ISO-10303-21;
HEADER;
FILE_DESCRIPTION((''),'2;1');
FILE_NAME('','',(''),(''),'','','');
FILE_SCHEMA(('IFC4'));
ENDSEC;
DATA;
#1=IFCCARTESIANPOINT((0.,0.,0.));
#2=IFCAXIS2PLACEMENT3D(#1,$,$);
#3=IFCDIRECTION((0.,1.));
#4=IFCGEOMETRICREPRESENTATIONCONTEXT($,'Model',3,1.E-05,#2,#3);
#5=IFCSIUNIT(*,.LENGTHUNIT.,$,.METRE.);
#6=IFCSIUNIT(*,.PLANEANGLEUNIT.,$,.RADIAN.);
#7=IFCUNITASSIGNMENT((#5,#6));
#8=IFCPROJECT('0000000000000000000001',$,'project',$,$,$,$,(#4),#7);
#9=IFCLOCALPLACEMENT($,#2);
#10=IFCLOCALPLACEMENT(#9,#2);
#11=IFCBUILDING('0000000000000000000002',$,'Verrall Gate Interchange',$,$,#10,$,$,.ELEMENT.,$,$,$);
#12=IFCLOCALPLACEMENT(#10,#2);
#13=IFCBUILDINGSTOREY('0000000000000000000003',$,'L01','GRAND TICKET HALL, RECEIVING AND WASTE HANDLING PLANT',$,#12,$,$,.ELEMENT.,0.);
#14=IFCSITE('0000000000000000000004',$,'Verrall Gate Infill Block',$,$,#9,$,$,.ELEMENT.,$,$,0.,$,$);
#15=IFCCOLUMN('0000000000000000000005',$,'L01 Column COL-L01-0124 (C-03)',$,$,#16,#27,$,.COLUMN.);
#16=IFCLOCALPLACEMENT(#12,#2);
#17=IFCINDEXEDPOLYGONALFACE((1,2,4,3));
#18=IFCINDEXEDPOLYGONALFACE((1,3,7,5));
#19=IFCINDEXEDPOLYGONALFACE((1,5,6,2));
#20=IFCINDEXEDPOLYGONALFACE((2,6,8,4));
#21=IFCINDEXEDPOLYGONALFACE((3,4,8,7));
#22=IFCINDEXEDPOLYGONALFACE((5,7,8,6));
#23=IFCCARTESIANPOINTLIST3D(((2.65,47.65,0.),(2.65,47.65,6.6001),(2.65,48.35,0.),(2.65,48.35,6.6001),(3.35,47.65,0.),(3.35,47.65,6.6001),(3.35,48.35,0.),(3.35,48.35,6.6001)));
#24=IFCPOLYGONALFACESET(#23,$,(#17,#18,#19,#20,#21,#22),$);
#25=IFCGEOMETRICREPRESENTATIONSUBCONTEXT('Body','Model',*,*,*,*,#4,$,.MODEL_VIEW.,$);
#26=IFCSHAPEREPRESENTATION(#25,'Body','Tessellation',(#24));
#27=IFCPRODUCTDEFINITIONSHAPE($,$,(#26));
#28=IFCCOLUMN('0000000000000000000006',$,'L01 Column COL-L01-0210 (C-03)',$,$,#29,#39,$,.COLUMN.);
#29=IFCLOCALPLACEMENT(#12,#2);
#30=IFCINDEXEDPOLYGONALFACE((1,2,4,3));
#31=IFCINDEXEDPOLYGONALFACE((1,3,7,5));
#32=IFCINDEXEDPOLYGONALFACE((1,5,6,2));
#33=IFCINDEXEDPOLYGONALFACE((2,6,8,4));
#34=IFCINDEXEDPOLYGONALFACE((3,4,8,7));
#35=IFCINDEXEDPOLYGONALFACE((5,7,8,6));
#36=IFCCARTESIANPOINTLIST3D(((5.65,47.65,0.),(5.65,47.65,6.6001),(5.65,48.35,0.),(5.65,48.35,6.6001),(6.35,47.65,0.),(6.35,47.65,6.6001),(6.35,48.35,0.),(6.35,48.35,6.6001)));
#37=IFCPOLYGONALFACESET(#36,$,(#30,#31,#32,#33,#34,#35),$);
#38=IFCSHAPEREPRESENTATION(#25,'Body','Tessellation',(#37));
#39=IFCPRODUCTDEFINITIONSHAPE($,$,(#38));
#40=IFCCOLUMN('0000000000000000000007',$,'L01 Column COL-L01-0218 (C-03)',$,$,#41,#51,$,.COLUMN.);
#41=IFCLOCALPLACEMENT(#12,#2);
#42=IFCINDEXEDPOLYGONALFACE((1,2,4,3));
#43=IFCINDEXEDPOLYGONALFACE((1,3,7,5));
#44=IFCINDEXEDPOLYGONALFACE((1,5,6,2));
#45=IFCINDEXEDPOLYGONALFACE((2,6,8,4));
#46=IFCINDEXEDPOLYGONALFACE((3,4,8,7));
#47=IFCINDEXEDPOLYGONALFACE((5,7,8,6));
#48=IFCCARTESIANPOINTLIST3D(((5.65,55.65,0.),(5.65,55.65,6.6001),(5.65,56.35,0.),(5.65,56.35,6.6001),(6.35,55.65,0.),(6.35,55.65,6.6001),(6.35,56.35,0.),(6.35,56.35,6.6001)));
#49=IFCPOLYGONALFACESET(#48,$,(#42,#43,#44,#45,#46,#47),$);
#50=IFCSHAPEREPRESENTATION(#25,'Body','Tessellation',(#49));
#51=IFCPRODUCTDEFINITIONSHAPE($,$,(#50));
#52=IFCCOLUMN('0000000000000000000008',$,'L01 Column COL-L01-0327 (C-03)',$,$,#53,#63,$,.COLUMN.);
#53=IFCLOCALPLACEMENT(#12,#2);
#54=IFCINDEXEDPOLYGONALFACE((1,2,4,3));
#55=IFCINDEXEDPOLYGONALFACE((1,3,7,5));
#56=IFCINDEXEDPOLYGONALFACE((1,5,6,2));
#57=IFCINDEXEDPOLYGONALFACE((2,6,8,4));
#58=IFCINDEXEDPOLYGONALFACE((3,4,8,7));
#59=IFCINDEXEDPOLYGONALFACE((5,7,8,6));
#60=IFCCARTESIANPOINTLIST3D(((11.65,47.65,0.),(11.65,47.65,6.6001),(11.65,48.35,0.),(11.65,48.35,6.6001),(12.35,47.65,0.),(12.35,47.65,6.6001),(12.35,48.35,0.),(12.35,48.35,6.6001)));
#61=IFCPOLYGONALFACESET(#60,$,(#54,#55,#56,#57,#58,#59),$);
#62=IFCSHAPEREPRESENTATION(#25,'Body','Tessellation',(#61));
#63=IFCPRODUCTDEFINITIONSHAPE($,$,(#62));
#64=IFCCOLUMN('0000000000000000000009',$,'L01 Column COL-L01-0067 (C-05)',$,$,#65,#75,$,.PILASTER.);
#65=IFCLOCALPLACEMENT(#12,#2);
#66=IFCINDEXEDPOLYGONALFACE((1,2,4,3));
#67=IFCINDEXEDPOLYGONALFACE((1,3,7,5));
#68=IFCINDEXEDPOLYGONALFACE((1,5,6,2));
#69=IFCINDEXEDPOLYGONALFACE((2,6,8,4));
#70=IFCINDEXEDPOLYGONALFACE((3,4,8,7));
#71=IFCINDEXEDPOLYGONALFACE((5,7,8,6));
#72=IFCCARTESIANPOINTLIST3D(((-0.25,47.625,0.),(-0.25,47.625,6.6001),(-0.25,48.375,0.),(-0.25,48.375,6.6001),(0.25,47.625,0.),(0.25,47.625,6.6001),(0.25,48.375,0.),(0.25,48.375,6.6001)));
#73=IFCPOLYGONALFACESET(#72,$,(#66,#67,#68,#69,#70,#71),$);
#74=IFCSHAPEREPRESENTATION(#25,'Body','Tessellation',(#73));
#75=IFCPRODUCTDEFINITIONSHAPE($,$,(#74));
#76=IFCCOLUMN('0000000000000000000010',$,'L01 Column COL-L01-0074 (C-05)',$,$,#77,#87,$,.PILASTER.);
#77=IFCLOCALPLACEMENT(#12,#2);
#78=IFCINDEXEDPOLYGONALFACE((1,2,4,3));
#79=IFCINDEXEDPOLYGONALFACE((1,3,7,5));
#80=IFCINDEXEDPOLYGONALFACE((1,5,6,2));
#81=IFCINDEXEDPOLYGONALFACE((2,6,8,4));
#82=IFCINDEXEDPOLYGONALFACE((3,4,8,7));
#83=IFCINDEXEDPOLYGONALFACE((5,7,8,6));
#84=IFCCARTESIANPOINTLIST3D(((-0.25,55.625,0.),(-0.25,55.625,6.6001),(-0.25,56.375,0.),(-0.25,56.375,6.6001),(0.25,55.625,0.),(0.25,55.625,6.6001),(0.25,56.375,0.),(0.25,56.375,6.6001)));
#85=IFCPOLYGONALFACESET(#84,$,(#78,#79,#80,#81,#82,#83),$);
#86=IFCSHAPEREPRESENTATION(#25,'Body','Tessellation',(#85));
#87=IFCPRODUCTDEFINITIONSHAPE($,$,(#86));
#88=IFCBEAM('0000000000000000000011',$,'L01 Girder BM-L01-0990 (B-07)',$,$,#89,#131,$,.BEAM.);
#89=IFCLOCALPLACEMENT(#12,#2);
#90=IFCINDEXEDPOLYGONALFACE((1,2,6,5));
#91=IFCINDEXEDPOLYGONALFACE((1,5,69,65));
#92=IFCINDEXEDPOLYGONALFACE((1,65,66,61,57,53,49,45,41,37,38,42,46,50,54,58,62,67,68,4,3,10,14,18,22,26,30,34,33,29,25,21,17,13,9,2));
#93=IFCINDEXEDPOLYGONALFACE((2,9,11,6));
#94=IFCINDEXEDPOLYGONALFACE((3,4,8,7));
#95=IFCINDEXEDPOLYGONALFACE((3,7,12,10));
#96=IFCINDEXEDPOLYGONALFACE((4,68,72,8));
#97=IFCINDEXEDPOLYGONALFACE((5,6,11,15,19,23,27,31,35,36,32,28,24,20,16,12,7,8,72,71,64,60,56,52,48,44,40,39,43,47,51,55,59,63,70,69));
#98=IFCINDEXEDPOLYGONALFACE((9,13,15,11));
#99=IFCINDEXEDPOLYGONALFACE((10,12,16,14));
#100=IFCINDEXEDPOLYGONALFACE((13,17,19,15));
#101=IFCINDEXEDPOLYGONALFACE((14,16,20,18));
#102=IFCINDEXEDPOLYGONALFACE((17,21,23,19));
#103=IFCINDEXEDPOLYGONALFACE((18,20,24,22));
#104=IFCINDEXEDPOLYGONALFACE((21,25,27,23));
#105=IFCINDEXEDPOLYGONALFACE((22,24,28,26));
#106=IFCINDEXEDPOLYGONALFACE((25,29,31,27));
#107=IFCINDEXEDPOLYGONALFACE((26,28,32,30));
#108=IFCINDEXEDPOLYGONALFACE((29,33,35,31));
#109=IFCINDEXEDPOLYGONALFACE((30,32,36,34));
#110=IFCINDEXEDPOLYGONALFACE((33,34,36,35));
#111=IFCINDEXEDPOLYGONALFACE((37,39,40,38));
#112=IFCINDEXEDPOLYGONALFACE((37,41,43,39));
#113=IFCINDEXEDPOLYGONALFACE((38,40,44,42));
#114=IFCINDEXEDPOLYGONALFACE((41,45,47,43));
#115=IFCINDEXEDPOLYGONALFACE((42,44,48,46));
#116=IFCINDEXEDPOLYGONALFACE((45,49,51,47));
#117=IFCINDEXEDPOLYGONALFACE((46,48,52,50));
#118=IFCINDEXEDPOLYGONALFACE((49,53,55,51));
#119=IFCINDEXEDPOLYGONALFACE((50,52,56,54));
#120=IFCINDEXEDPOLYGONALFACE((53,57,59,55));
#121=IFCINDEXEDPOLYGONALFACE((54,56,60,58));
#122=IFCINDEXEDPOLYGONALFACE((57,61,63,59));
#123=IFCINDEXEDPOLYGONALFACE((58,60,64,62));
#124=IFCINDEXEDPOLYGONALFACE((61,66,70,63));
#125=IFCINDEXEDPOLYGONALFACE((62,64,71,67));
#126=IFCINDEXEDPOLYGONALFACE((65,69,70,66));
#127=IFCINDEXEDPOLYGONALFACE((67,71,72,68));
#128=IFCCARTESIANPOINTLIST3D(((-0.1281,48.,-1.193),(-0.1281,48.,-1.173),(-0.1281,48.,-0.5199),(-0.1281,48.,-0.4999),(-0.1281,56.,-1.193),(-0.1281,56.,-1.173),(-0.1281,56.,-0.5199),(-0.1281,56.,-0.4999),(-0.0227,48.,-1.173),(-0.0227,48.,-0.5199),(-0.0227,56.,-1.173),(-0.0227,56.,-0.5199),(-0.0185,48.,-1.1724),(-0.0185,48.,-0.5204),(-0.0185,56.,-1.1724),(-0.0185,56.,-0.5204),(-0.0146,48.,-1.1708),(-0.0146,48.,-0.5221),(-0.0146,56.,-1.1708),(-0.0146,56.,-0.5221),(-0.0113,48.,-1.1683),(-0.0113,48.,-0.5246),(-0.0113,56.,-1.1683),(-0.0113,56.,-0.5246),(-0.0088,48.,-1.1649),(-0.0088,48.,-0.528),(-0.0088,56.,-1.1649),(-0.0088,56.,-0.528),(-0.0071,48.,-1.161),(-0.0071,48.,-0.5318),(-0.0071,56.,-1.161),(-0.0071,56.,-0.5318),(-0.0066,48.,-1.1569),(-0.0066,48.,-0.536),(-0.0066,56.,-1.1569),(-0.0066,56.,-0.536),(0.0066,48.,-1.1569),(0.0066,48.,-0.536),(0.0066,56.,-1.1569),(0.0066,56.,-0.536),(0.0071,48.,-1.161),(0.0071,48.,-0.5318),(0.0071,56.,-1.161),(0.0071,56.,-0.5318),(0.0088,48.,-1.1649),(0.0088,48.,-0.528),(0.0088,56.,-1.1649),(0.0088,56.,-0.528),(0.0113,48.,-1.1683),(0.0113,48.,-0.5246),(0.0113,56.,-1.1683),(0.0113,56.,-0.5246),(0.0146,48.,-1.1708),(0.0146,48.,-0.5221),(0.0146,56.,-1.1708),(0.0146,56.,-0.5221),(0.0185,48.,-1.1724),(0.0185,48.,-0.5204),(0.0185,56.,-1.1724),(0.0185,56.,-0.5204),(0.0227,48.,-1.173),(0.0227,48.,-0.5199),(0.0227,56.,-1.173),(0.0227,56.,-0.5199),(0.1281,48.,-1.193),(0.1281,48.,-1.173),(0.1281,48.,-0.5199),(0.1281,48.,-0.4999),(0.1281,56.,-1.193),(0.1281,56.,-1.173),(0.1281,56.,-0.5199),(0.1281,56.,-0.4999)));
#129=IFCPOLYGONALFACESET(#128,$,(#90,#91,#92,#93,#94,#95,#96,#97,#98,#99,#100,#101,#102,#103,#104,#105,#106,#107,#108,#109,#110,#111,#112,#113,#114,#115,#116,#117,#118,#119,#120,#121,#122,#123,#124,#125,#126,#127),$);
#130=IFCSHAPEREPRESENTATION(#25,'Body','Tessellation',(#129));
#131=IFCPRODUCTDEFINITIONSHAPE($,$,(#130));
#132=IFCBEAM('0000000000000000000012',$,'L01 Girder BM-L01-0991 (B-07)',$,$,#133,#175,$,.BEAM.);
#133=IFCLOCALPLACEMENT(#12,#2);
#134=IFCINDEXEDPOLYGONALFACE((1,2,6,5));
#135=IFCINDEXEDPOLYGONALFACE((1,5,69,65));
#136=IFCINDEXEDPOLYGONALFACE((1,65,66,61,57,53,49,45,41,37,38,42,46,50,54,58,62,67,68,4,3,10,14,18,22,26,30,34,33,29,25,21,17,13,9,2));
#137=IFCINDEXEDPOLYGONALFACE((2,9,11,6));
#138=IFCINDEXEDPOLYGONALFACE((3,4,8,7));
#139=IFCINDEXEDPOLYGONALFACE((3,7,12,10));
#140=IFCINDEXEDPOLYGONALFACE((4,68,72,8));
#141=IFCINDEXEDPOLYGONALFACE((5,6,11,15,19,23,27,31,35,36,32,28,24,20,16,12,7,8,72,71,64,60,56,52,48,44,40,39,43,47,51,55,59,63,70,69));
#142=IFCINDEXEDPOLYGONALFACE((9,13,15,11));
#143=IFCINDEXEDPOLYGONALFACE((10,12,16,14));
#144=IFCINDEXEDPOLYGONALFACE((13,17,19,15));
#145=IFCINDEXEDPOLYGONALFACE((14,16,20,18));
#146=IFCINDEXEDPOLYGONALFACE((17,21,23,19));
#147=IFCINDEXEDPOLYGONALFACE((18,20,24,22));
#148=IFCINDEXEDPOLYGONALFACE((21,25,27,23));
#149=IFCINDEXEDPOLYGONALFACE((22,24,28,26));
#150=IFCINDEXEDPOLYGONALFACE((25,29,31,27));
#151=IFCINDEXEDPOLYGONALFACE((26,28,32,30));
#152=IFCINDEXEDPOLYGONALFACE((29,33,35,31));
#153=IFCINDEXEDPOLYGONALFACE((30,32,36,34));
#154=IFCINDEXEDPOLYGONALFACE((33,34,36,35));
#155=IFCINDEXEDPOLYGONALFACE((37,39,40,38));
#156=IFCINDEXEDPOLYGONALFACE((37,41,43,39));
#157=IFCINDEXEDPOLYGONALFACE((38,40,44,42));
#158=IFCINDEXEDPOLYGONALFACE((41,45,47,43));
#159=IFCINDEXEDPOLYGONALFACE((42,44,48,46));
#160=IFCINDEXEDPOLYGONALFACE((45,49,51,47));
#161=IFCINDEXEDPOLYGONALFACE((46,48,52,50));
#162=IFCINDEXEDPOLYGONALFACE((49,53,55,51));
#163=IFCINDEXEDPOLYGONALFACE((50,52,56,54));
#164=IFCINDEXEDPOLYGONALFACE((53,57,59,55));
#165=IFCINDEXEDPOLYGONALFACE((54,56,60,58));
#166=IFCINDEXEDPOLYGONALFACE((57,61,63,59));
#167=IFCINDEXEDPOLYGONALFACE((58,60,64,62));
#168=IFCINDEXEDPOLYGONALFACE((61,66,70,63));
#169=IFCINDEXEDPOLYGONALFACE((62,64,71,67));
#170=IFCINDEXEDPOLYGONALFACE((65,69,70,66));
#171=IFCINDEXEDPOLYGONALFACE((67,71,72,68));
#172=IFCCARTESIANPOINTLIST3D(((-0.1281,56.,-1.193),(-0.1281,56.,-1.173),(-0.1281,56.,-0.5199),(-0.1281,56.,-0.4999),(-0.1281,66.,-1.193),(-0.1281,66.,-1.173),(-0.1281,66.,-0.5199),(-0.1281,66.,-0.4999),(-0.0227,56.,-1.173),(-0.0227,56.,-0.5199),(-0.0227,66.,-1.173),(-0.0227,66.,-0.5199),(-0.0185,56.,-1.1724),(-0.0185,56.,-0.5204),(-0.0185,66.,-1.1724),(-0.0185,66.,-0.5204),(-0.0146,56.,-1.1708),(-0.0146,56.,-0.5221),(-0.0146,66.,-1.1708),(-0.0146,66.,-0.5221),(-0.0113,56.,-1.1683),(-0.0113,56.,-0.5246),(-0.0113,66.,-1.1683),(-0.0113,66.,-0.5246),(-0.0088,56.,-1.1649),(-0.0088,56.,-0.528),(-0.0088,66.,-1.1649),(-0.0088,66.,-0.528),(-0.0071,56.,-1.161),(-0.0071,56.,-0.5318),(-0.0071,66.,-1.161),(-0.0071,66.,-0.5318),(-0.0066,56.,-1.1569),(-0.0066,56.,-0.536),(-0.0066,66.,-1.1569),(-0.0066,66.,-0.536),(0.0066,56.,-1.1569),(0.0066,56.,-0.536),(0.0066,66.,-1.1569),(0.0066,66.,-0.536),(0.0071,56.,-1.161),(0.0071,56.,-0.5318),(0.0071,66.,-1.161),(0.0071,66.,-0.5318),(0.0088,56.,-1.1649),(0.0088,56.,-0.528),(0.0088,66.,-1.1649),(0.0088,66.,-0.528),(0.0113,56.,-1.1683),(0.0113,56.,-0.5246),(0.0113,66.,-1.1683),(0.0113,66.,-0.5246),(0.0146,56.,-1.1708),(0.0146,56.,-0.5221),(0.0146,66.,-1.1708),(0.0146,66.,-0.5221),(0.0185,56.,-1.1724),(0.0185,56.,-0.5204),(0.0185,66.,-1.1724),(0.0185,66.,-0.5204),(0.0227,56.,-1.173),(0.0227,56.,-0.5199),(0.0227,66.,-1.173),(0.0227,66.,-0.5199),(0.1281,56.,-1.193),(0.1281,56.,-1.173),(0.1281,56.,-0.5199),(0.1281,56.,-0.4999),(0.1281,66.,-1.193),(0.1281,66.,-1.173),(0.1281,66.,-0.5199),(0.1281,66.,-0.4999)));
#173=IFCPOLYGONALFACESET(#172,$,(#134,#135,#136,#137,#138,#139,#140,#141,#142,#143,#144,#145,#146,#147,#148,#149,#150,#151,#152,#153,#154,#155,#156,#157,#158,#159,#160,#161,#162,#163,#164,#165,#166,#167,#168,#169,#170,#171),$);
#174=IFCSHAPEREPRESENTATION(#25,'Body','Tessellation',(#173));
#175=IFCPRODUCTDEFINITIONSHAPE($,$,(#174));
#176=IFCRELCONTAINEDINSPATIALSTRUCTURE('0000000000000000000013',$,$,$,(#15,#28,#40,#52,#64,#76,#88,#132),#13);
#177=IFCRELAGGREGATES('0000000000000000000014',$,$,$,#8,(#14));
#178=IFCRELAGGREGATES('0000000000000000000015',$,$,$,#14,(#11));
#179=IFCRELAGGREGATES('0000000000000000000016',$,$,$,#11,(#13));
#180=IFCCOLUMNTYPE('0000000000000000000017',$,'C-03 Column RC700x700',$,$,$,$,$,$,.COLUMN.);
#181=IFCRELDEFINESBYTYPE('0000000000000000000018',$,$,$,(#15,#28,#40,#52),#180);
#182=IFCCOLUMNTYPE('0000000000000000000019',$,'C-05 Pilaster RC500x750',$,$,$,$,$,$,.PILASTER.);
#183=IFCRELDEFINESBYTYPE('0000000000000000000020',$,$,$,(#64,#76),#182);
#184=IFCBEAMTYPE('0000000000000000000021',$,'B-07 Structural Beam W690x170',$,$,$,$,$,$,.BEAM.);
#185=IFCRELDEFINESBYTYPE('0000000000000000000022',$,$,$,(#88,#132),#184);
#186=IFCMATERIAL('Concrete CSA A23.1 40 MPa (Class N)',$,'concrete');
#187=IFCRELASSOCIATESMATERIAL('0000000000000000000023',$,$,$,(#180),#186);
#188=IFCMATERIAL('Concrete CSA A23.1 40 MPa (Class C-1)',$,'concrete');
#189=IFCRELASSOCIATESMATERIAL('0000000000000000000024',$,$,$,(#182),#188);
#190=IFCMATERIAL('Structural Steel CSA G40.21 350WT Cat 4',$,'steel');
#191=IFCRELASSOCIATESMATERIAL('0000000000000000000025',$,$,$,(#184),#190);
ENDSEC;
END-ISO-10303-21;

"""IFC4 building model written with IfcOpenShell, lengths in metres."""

from ifc_helpers import new_model, si_unit, direction, frame, origin, origin_2d, place, context, subcontext, project, spatial, rectangle, i_section, extrude, material, material_profile, profile_set, type_object, element, save


model = new_model("IFC4")

# Units and contexts
model_context = context("Model", 3, precision=1e-05, world=origin(), true_north=direction((0.0, 1.0)))
body_context = subcontext(model_context, "Body", "Model", "MODEL_VIEW")
ifc_project = project(units=[si_unit("LENGTHUNIT", "METRE"), si_unit("PLANEANGLEUNIT", "RADIAN")], contexts=[model_context])

# Site, building, storey
site_placement = place(None, origin())
site = spatial("IfcSite", under=ifc_project, at=site_placement, Name="Verrall Gate Infill Block", CompositionType="ELEMENT", RefElevation=0.0)
building_placement = place(site_placement, origin())
building = spatial("IfcBuilding", under=site, at=building_placement, Name="Verrall Gate Interchange", CompositionType="ELEMENT")
storey_placement = place(building_placement, origin())
storey = spatial("IfcBuildingStorey", under=building, at=storey_placement, Name="L01", Description="GRAND TICKET HALL, RECEIVING AND WASTE HANDLING PLANT", CompositionType="ELEMENT", Elevation=0.0)

# Columns
ifc_material_1 = material(Name="Concrete CSA A23.1 40 MPa (Class N)", Category="concrete")
ifc_material_profile_1 = material_profile(ifc_material_1, rectangle(XDim=0.7, YDim=0.7, at=origin_2d()), Name="RC700x700")
ifc_profile_set_1 = profile_set([ifc_material_profile_1], Name="Concrete CSA A23.1 40 MPa (Class N)")
column_type_1 = type_object("IfcColumnType", Name="C-03 Column RC700x700", PredefinedType="COLUMN", material=ifc_profile_set_1)
for number, where, z_axis, x_axis, name in (
    (1, (3.0, 48.0, 0.0), (0.0, 0.0, 1.0), (1.0, 0.0, 0.0), "L01 Column COL-L01-0124 (C-03)"),
    (2, (6.0, 48.0, 0.0), (0.0, 0.0, 1.0), (1.0, 0.0, 0.0), "L01 Column COL-L01-0210 (C-03)"),
    (3, (6.0, 56.0, 0.0), (0.0, 0.0, 1.0), (1.0, 0.0, 0.0), "L01 Column COL-L01-0218 (C-03)"),
    (4, (12.0, 48.0, 0.0), (0.0, 0.0, 1.0), (1.0, 0.0, 0.0), "L01 Column COL-L01-0327 (C-03)"),
):
    element("IfcColumn", number, at=place(storey_placement, frame(where, z_axis=z_axis, x_axis=x_axis)), inside=storey, type_object=column_type_1, Name=name, PredefinedType="COLUMN", context=body_context, shape_type="SweptSolid", body=[
        extrude(rectangle(XDim=0.7, YDim=0.7, at=origin_2d()), origin(), (0.0, 0.0, 1.0), 6.6001),
    ])
ifc_material_2 = material(Name="Concrete CSA A23.1 40 MPa (Class C-1)", Category="concrete")
ifc_material_profile_2 = material_profile(ifc_material_2, rectangle(XDim=0.5, YDim=0.75, at=origin_2d()), Name="RC500x750")
ifc_profile_set_2 = profile_set([ifc_material_profile_2], Name="Concrete CSA A23.1 40 MPa (Class C-1)")
column_type_2 = type_object("IfcColumnType", Name="C-05 Pilaster RC500x750", PredefinedType="PILASTER", material=ifc_profile_set_2)
for number, where, z_axis, x_axis, name in (
    (5, (0.0, 48.0, 0.0), (0.0, 0.0, 1.0), (1.0, 0.0, 0.0), "L01 Column COL-L01-0067 (C-05)"),
    (6, (0.0, 56.0, 0.0), (0.0, 0.0, 1.0), (1.0, 0.0, 0.0), "L01 Column COL-L01-0074 (C-05)"),
):
    element("IfcColumn", number, at=place(storey_placement, frame(where, z_axis=z_axis, x_axis=x_axis)), inside=storey, type_object=column_type_2, Name=name, PredefinedType="PILASTER", context=body_context, shape_type="SweptSolid", body=[
        extrude(rectangle(XDim=0.5, YDim=0.75, at=origin_2d()), origin(), (0.0, 0.0, 1.0), 6.6001),
    ])

# Beams
ifc_material_3 = material(Name="Structural Steel CSA G40.21 350WT Cat 4", Category="steel")
ifc_material_profile_3 = material_profile(ifc_material_3, i_section(OverallWidth=0.2561, OverallDepth=0.6931, WebThickness=0.0132, FlangeThickness=0.02, FilletRadius=0.0161, at=origin_2d()), Name="W690x170")
ifc_profile_set_3 = profile_set([ifc_material_profile_3], Name="Structural Steel CSA G40.21 350WT Cat 4")
beam_type_1 = type_object("IfcBeamType", Name="B-07 Structural Beam W690x170", PredefinedType="BEAM", material=ifc_profile_set_3)
beam_1_placement = place(storey_placement, frame((0.0, 48.0, -0.8464), z_axis=(0.0, 1.0, 0.0), x_axis=(-1.0, 0.0, 0.0)))
element("IfcBeam", 7, at=beam_1_placement, inside=storey, type_object=beam_type_1, Name="L01 Girder BM-L01-0990 (B-07)", PredefinedType="BEAM", context=body_context, shape_type="SweptSolid", body=[
    extrude(i_section(OverallWidth=0.2561, OverallDepth=0.6931, WebThickness=0.0132, FlangeThickness=0.02, FilletRadius=0.0161, at=origin_2d()), origin(), (0.0, 0.0, 1.0), 8.0),
])
beam_2_placement = place(storey_placement, frame((0.0, 56.0, -0.8464), z_axis=(0.0, 1.0, 0.0), x_axis=(-1.0, 0.0, 0.0)))
element("IfcBeam", 8, at=beam_2_placement, inside=storey, type_object=beam_type_1, Name="L01 Girder BM-L01-0991 (B-07)", PredefinedType="BEAM", context=body_context, shape_type="SweptSolid", body=[
    extrude(i_section(OverallWidth=0.2561, OverallDepth=0.6931, WebThickness=0.0132, FlangeThickness=0.02, FilletRadius=0.0161, at=origin_2d()), origin(), (0.0, 0.0, 1.0), 10.0),
])

save(model, "model.ifc")
